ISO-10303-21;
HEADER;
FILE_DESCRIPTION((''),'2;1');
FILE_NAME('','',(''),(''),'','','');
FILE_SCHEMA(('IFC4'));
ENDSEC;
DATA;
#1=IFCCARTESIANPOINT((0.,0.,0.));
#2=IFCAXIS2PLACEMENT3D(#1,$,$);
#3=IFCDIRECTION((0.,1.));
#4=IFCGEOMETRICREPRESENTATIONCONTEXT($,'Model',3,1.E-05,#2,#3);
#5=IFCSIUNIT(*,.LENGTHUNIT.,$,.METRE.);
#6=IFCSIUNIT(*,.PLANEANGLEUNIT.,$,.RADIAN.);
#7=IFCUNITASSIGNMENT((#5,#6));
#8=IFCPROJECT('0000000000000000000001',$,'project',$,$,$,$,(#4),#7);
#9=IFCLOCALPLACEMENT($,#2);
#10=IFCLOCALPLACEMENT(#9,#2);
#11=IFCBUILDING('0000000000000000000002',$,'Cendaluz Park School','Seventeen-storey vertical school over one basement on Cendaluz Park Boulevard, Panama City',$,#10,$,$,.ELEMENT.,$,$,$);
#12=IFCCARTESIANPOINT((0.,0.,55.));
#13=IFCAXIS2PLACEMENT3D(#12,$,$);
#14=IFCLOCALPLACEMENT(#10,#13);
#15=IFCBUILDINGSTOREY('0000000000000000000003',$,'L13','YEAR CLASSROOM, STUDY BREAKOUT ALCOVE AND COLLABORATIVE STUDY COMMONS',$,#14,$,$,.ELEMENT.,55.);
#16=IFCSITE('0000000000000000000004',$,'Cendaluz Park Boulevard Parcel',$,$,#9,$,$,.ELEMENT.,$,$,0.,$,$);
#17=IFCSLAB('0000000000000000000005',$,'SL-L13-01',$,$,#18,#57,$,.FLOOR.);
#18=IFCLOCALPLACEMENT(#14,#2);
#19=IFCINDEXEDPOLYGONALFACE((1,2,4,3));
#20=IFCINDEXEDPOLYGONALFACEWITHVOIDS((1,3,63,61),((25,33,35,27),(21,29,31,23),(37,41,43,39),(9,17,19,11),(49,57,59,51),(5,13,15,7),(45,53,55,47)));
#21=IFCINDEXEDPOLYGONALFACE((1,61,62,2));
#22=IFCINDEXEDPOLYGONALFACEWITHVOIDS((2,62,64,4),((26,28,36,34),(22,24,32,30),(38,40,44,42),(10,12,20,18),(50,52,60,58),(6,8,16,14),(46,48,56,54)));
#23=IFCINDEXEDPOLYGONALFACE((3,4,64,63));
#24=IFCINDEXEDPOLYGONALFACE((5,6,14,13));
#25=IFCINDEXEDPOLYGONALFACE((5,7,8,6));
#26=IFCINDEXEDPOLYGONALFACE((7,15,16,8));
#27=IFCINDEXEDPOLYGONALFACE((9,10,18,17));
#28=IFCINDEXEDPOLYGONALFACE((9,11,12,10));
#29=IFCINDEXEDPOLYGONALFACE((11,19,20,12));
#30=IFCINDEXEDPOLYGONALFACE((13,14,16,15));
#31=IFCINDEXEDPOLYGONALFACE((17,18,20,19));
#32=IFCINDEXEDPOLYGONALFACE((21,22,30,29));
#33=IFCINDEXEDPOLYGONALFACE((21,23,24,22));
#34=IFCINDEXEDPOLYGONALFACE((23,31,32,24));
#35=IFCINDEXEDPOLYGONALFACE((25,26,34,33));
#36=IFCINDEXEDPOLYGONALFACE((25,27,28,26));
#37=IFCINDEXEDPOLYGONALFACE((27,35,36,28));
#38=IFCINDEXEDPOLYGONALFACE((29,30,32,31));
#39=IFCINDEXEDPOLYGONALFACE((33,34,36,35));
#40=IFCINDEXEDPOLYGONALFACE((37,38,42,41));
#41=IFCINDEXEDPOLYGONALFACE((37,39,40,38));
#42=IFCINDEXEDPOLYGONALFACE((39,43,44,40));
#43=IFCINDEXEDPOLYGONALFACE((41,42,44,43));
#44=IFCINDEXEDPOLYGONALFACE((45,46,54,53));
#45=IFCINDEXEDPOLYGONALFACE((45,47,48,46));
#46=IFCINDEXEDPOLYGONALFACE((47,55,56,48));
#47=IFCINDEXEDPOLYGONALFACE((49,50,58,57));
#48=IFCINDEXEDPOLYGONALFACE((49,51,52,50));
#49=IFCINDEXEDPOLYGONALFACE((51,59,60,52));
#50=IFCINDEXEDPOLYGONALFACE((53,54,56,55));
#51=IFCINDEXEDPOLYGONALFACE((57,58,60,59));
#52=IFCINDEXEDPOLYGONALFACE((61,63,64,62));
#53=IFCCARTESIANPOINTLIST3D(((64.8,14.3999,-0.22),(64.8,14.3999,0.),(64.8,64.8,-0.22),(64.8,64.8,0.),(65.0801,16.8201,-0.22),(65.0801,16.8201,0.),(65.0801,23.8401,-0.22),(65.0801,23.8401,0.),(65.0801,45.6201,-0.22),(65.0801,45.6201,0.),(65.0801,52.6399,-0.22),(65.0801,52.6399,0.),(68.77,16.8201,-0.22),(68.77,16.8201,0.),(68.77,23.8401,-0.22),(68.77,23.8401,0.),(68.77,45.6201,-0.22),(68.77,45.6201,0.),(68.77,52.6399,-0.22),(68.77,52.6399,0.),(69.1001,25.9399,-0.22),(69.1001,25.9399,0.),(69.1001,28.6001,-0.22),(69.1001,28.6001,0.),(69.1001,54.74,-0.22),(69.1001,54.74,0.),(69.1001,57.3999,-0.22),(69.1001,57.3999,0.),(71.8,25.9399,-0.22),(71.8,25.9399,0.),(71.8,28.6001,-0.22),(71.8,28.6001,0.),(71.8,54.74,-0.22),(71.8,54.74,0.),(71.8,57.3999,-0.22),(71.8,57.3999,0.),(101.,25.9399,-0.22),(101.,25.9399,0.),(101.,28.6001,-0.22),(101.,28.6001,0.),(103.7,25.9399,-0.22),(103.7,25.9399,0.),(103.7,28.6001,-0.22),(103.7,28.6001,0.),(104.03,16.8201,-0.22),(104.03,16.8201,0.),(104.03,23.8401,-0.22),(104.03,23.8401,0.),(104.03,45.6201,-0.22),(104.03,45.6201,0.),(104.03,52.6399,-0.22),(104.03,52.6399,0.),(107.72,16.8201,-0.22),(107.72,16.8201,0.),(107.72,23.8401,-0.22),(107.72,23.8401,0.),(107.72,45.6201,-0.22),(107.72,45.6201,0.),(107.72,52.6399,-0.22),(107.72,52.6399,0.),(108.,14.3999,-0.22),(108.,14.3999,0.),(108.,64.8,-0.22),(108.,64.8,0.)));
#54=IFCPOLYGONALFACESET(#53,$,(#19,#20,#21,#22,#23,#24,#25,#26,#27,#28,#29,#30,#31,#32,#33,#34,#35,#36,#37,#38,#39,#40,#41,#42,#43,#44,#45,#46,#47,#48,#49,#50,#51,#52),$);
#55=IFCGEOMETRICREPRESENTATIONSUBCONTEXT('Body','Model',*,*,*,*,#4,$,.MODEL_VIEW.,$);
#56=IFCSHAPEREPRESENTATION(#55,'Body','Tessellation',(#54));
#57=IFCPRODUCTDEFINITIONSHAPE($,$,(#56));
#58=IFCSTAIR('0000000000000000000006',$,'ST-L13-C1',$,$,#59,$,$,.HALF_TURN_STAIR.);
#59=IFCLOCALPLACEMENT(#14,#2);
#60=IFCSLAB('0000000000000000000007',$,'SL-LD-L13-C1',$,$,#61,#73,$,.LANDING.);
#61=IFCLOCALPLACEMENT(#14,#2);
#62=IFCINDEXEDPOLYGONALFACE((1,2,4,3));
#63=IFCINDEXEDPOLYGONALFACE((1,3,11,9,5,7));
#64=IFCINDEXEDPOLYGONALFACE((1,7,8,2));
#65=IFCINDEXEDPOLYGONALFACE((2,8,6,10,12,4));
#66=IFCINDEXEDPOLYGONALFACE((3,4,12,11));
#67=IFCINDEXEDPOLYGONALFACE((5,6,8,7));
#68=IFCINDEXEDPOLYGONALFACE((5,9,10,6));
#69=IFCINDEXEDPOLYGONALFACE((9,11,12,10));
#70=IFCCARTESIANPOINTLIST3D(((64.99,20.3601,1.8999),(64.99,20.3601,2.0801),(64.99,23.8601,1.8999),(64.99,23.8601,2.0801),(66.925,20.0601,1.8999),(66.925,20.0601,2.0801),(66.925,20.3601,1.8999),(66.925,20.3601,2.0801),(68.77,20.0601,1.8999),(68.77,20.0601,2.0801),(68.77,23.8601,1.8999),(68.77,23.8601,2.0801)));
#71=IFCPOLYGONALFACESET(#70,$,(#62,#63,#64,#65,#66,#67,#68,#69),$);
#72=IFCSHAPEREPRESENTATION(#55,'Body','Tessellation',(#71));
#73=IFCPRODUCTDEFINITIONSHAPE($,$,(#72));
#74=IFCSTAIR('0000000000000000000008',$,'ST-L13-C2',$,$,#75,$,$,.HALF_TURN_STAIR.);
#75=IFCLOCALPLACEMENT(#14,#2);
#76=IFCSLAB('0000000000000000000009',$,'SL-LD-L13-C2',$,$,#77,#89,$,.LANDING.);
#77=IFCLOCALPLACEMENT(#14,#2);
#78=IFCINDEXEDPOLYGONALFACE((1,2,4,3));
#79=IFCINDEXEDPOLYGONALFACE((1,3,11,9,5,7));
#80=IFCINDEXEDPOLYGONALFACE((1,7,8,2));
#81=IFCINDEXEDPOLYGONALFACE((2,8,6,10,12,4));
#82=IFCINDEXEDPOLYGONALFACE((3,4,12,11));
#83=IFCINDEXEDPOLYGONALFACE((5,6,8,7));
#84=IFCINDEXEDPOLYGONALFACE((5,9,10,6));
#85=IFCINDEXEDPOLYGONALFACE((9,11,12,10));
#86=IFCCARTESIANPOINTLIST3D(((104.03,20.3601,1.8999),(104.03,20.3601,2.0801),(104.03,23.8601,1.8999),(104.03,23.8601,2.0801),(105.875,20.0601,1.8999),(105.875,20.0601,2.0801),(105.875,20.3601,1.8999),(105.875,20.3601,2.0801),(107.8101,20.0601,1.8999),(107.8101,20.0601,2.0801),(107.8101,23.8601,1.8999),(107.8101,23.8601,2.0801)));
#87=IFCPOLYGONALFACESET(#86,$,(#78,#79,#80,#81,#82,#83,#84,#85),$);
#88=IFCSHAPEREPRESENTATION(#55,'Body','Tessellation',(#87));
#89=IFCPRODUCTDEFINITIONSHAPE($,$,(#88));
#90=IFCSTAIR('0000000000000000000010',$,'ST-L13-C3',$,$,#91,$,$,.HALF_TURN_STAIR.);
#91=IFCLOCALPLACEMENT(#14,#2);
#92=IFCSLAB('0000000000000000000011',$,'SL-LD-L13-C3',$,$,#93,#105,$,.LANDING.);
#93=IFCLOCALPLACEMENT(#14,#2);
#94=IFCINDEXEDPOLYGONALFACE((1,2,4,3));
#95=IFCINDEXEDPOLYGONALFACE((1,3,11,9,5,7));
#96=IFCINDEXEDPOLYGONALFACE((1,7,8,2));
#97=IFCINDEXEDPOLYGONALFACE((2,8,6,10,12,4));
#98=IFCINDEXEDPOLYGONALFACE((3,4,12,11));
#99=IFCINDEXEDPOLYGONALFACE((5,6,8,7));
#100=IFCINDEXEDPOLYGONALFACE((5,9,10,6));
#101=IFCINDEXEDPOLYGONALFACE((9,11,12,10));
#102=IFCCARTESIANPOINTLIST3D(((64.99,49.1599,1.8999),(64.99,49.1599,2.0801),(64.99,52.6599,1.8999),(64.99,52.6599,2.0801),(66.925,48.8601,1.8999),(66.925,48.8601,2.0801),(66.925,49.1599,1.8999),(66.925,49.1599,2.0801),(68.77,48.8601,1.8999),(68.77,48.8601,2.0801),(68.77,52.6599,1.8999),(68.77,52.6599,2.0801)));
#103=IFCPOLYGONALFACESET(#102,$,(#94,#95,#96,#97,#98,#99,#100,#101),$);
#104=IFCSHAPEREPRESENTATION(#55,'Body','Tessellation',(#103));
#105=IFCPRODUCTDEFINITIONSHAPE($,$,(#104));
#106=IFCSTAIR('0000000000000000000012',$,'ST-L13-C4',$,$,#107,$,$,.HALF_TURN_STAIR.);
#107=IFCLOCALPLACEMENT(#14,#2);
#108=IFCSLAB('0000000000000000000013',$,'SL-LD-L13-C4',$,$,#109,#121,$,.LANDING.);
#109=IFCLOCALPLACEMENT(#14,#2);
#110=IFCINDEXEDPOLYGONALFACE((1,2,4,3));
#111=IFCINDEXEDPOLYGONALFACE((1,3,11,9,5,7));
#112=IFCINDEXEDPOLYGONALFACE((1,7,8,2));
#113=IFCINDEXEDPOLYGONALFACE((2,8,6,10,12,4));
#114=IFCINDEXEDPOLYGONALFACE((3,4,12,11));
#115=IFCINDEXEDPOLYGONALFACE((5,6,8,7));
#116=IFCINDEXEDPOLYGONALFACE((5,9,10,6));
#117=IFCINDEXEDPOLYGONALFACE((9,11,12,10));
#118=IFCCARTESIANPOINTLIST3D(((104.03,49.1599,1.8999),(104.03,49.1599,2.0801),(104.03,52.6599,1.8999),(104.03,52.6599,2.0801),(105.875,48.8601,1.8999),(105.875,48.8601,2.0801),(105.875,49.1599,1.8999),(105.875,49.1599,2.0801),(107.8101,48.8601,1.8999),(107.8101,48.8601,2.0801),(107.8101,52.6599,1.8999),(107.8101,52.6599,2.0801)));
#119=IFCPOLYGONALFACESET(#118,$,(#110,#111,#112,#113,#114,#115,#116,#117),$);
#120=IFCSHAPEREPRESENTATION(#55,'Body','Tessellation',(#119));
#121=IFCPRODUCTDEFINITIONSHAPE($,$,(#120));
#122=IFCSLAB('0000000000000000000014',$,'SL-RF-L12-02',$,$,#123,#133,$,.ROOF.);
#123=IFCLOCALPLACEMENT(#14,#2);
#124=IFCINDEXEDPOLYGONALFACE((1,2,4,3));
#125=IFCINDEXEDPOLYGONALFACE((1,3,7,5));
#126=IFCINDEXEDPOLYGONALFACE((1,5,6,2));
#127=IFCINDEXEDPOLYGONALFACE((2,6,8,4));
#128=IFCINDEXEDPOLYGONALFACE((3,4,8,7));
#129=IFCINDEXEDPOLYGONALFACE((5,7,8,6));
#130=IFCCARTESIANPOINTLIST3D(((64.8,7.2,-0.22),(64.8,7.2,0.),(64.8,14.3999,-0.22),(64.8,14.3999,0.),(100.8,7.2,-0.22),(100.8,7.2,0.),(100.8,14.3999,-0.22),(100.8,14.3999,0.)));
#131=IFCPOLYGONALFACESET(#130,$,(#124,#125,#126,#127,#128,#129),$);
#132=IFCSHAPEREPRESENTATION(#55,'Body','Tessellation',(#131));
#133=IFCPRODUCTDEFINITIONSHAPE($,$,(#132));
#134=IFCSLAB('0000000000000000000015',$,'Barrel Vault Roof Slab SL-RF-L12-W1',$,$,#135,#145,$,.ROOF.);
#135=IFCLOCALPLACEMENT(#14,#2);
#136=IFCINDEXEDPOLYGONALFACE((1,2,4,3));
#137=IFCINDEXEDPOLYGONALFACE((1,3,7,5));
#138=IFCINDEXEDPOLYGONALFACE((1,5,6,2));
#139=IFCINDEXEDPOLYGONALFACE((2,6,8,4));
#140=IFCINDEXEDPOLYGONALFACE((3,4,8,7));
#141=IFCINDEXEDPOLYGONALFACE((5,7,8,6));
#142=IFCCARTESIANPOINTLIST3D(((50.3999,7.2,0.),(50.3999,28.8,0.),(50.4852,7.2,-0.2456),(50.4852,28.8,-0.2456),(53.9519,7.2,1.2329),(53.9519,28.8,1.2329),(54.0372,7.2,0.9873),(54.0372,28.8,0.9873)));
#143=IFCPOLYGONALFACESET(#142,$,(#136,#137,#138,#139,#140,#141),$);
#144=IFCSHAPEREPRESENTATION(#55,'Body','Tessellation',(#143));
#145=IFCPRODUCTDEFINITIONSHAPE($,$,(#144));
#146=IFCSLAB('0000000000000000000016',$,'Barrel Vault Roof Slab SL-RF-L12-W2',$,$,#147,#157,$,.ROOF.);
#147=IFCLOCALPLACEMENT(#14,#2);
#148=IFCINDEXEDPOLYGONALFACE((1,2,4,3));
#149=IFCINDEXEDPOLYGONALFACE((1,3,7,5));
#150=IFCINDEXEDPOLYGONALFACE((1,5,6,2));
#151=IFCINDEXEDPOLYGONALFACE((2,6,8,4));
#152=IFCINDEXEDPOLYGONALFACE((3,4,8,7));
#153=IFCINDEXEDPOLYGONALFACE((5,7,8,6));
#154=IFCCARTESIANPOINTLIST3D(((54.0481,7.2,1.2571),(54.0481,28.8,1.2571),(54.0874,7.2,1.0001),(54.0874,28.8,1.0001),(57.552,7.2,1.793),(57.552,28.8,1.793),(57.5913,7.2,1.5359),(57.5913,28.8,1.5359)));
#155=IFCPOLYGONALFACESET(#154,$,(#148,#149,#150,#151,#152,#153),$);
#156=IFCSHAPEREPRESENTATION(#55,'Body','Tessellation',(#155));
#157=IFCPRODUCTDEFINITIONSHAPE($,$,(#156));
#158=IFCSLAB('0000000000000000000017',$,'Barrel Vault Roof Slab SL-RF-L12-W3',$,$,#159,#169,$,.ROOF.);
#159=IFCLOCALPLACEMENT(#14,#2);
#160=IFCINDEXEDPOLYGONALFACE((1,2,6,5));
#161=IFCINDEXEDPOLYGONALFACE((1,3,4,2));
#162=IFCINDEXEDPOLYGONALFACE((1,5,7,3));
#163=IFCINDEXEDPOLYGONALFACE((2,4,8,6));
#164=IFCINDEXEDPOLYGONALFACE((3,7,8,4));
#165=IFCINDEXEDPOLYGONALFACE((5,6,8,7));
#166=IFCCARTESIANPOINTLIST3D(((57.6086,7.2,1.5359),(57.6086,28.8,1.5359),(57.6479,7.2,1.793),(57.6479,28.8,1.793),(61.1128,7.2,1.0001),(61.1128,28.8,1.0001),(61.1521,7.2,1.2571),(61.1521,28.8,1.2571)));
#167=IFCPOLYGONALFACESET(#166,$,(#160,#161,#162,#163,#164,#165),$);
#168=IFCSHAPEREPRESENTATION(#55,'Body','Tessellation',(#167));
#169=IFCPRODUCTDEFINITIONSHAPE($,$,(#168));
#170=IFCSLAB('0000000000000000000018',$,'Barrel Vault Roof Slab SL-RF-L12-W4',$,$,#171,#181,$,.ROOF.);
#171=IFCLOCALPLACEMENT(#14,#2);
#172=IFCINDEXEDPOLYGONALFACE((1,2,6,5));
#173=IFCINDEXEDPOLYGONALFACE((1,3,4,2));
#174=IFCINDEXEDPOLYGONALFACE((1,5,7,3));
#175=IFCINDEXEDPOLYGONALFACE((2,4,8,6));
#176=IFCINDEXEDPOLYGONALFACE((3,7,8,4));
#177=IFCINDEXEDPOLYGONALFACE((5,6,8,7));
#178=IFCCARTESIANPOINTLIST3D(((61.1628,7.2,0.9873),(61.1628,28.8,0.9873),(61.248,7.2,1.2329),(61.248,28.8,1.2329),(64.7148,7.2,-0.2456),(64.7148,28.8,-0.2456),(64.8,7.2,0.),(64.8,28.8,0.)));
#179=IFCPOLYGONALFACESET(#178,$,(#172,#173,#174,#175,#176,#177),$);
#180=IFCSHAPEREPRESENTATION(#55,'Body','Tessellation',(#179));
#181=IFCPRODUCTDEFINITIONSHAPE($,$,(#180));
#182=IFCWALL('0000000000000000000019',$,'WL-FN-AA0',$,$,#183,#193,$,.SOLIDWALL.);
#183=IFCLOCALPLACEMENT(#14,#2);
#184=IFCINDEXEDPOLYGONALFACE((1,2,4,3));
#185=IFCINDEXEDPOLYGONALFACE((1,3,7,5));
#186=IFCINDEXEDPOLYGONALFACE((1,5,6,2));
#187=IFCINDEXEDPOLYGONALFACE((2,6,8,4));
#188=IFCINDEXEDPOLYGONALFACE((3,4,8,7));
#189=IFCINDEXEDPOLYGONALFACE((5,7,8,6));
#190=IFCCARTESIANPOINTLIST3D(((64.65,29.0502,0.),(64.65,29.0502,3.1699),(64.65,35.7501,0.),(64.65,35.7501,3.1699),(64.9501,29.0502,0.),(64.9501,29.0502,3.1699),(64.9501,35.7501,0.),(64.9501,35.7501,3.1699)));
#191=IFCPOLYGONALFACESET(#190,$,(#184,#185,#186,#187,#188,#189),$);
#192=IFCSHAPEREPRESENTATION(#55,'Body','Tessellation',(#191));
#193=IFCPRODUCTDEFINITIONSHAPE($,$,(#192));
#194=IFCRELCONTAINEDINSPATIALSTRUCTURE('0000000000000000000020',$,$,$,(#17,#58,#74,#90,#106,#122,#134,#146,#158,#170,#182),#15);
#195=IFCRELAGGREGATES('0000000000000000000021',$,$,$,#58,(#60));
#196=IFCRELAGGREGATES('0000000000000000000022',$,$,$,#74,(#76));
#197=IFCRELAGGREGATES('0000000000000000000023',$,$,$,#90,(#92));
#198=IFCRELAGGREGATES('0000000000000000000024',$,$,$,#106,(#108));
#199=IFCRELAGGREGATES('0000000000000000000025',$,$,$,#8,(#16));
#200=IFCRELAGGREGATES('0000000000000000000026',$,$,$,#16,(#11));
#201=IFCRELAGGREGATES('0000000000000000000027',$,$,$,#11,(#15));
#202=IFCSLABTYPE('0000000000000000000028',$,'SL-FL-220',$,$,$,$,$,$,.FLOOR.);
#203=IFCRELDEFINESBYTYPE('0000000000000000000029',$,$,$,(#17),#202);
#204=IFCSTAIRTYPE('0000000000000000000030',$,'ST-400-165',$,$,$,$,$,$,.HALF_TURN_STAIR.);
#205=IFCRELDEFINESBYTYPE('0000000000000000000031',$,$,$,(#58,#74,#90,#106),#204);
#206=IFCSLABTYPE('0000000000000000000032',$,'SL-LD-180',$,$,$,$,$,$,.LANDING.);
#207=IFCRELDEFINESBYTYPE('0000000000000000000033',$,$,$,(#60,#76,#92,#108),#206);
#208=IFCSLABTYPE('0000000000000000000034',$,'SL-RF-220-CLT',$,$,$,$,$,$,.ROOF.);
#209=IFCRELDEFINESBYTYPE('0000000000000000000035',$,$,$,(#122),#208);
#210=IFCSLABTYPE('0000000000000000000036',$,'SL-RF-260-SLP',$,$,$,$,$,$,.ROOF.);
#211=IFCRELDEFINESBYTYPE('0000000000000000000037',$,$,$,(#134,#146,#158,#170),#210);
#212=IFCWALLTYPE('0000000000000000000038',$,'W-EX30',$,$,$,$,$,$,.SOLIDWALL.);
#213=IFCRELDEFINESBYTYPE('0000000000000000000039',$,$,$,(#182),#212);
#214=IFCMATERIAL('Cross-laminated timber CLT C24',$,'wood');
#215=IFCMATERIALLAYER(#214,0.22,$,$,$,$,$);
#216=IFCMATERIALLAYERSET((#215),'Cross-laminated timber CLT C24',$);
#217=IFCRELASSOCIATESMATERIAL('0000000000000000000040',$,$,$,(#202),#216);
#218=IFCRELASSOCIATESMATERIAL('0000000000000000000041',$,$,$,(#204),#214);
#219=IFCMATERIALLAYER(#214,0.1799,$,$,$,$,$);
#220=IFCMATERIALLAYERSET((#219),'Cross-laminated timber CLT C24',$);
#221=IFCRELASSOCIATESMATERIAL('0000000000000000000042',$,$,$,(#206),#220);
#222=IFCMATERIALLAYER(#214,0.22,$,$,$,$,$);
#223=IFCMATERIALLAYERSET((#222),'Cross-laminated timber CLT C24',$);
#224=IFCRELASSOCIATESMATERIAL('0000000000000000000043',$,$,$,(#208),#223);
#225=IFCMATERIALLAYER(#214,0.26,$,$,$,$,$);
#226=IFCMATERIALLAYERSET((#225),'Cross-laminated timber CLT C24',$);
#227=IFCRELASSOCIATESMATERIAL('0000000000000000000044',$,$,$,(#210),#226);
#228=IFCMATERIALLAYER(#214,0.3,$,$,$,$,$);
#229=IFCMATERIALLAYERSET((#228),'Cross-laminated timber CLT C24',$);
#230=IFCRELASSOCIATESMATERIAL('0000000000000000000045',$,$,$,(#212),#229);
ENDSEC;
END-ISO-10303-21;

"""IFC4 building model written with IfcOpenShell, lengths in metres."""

from ifc_helpers import new_model, si_unit, direction, frame, frame_2d, origin, place, context, subcontext, project, spatial, polyline, rectangle, outline, extrude, material, layer, layer_set, type_object, element, aggregate, save


model = new_model("IFC4")

# Units and contexts
model_context = context("Model", 3, precision=1e-05, world=origin(), true_north=direction((0.0, 1.0)))
body_context = subcontext(model_context, "Body", "Model", "MODEL_VIEW")
ifc_project = project(units=[si_unit("LENGTHUNIT", "METRE"), si_unit("PLANEANGLEUNIT", "RADIAN")], contexts=[model_context])

# Site, building, storey
site_placement = place(None, origin())
site = spatial("IfcSite", under=ifc_project, at=site_placement, Name="Cendaluz Park Boulevard Parcel", CompositionType="ELEMENT", RefElevation=0.0)
building_placement = place(site_placement, origin())
building = spatial("IfcBuilding", under=site, at=building_placement, Name="Cendaluz Park School", Description="Seventeen-storey vertical school over one basement on Cendaluz Park Boulevard, Panama City", CompositionType="ELEMENT")
storey_placement = place(building_placement, frame((0.0, 0.0, 55.0)))
storey = spatial("IfcBuildingStorey", under=building, at=storey_placement, Name="L13", Description="YEAR CLASSROOM, STUDY BREAKOUT ALCOVE AND COLLABORATIVE STUDY COMMONS", CompositionType="ELEMENT", Elevation=55.0)

# Slab
ifc_material_1 = material(Name="Cross-laminated timber CLT C24", Category="wood")
ifc_layer_1 = layer(ifc_material_1, 0.22)
ifc_layer_set_1 = layer_set([ifc_layer_1], Name="Cross-laminated timber CLT C24")
slab_type_1 = type_object("IfcSlabType", Name="SL-FL-220", PredefinedType="FLOOR", material=ifc_layer_set_1)
slab_1_placement = place(storey_placement, frame((0.0, 0.0, -0.22)))
element("IfcSlab", 1, at=slab_1_placement, inside=storey, type_object=slab_type_1, Name="SL-L13-01", PredefinedType="FLOOR", context=body_context, shape_type="SweptSolid", body=[
    extrude(outline(polyline([(108.0, 64.8), (108.0, 14.3999), (64.8, 14.3999), (64.8, 64.8), (108.0, 64.8)]), holes=[polyline([(65.0801, 16.8201), (68.77, 16.8201), (68.77, 23.8401), (65.0801, 23.8401), (65.0801, 16.8201)]), polyline([(69.1001, 28.6001), (69.1001, 25.9399), (71.8, 25.9399), (71.8, 28.6001), (69.1001, 28.6001)]), polyline([(107.72, 23.8401), (104.03, 23.8401), (104.03, 16.8201), (107.72, 16.8201), (107.72, 23.8401)]), polyline([(103.7, 25.9399), (103.7, 28.6001), (101.0, 28.6001), (101.0, 25.9399), (103.7, 25.9399)]), polyline([(65.0801, 45.6201), (68.77, 45.6201), (68.77, 52.6399), (65.0801, 52.6399), (65.0801, 45.6201)]), polyline([(69.1001, 57.3999), (69.1001, 54.74), (71.8, 54.74), (71.8, 57.3999), (69.1001, 57.3999)]), polyline([(107.72, 52.6399), (104.03, 52.6399), (104.03, 45.6201), (107.72, 45.6201), (107.72, 52.6399)])]), origin(), (0.0, 0.0, 1.0), 0.22),
])

# Stairs, slabs
stair_type = type_object("IfcStairType", Name="ST-400-165", PredefinedType="HALF_TURN_STAIR", material=ifc_material_1)
stair_1_placement = place(storey_placement, origin())
stair_1 = element("IfcStair", 2, at=stair_1_placement, inside=storey, type_object=stair_type, Name="ST-L13-C1", PredefinedType="HALF_TURN_STAIR")
ifc_layer_2 = layer(ifc_material_1, 0.1799)
ifc_layer_set_2 = layer_set([ifc_layer_2], Name="Cross-laminated timber CLT C24")
slab_type_2 = type_object("IfcSlabType", Name="SL-LD-180", PredefinedType="LANDING", material=ifc_layer_set_2)
slab_2_placement = place(storey_placement, frame((0.0, 0.0, 1.8999)))
slab_2 = element("IfcSlab", 3, at=slab_2_placement, type_object=slab_type_2, Name="SL-LD-L13-C1", PredefinedType="LANDING", context=body_context, shape_type="SweptSolid", body=[
    extrude(outline(polyline([(64.99, 20.3601), (66.925, 20.3601), (66.925, 20.0601), (68.77, 20.0601), (68.77, 23.8601), (64.99, 23.8601), (64.99, 20.3601)])), origin(), (0.0, 0.0, 1.0), 0.1802),
])
aggregate(stair_1, [slab_2])
stair_2_placement = place(storey_placement, origin())
stair_2 = element("IfcStair", 4, at=stair_2_placement, inside=storey, type_object=stair_type, Name="ST-L13-C2", PredefinedType="HALF_TURN_STAIR")
slab_3_placement = place(storey_placement, frame((0.0, 0.0, 1.8999)))
slab_3 = element("IfcSlab", 5, at=slab_3_placement, type_object=slab_type_2, Name="SL-LD-L13-C2", PredefinedType="LANDING", context=body_context, shape_type="SweptSolid", body=[
    extrude(outline(polyline([(104.03, 20.3601), (105.875, 20.3601), (105.875, 20.0601), (107.8101, 20.0601), (107.8101, 23.8601), (104.03, 23.8601), (104.03, 20.3601)])), origin(), (0.0, 0.0, 1.0), 0.1802),
])
aggregate(stair_2, [slab_3])
stair_3_placement = place(storey_placement, origin())
stair_3 = element("IfcStair", 6, at=stair_3_placement, inside=storey, type_object=stair_type, Name="ST-L13-C3", PredefinedType="HALF_TURN_STAIR")
slab_4_placement = place(storey_placement, frame((0.0, 0.0, 1.8999)))
slab_4 = element("IfcSlab", 7, at=slab_4_placement, type_object=slab_type_2, Name="SL-LD-L13-C3", PredefinedType="LANDING", context=body_context, shape_type="SweptSolid", body=[
    extrude(outline(polyline([(64.99, 49.1599), (66.925, 49.1599), (66.925, 48.8601), (68.77, 48.8601), (68.77, 52.6599), (64.99, 52.6599), (64.99, 49.1599)])), origin(), (0.0, 0.0, 1.0), 0.1802),
])
aggregate(stair_3, [slab_4])
stair_4_placement = place(storey_placement, origin())
stair_4 = element("IfcStair", 8, at=stair_4_placement, inside=storey, type_object=stair_type, Name="ST-L13-C4", PredefinedType="HALF_TURN_STAIR")
slab_5_placement = place(storey_placement, frame((0.0, 0.0, 1.8999)))
slab_5 = element("IfcSlab", 9, at=slab_5_placement, type_object=slab_type_2, Name="SL-LD-L13-C4", PredefinedType="LANDING", context=body_context, shape_type="SweptSolid", body=[
    extrude(outline(polyline([(104.03, 49.1599), (105.875, 49.1599), (105.875, 48.8601), (107.8101, 48.8601), (107.8101, 52.6599), (104.03, 52.6599), (104.03, 49.1599)])), origin(), (0.0, 0.0, 1.0), 0.1802),
])
aggregate(stair_4, [slab_5])

# Slabs
ifc_layer_3 = layer(ifc_material_1, 0.22)
ifc_layer_set_3 = layer_set([ifc_layer_3], Name="Cross-laminated timber CLT C24")
slab_type_3 = type_object("IfcSlabType", Name="SL-RF-220-CLT", PredefinedType="ROOF", material=ifc_layer_set_3)
slab_6_placement = place(storey_placement, frame((0.0, 0.0, -0.22)))
element("IfcSlab", 10, at=slab_6_placement, inside=storey, type_object=slab_type_3, Name="SL-RF-L12-02", PredefinedType="ROOF", context=body_context, shape_type="SweptSolid", body=[
    extrude(outline(polyline([(64.8, 14.3999), (100.8, 14.3999), (100.8, 7.2), (64.8, 7.2), (64.8, 14.3999)])), origin(), (0.0, 0.0, 1.0), 0.22),
])
ifc_layer_4 = layer(ifc_material_1, 0.26)
ifc_layer_set_4 = layer_set([ifc_layer_4], Name="Cross-laminated timber CLT C24")
slab_type_4 = type_object("IfcSlabType", Name="SL-RF-260-SLP", PredefinedType="ROOF", material=ifc_layer_set_4)
slab_7_placement = place(storey_placement, frame((50.3999, 7.2, 0.0), z_axis=(-0.327911, 0.0, 0.944709), x_axis=(0.944709, 0.0, 0.327911)))
element("IfcSlab", 11, at=slab_7_placement, inside=storey, type_object=slab_type_4, Name="Barrel Vault Roof Slab SL-RF-L12-W1", PredefinedType="ROOF", context=body_context, shape_type="SweptSolid", body=[
    extrude(outline(polyline([(0.0, 0.0), (3.7599, 0.0), (3.7599, 21.6001), (0.0, 21.6001), (0.0, 0.0)])), origin(), (0.0, 0.0, -1.0), 0.26),
])
slab_8_placement = place(storey_placement, frame((54.0481, 7.2, 1.2571), z_axis=(-0.151182, 0.0, 0.988506), x_axis=(0.988506, 0.0, 0.151182)))
element("IfcSlab", 12, at=slab_8_placement, inside=storey, type_object=slab_type_4, Name="Barrel Vault Roof Slab SL-RF-L12-W2", PredefinedType="ROOF", context=body_context, shape_type="SweptSolid", body=[
    extrude(outline(polyline([(0.0, 0.0), (3.5446, 0.0), (3.5446, 21.6001), (0.0, 21.6001), (0.0, 0.0)])), origin(), (0.0, 0.0, -1.0), 0.26),
])
slab_9_placement = place(storey_placement, frame((57.6479, 7.2, 1.793), z_axis=(0.151172, 0.0, 0.988507), x_axis=(0.988507, 0.0, -0.151172)))
element("IfcSlab", 13, at=slab_9_placement, inside=storey, type_object=slab_type_4, Name="Barrel Vault Roof Slab SL-RF-L12-W3", PredefinedType="ROOF", context=body_context, shape_type="SweptSolid", body=[
    extrude(outline(polyline([(0.0, 0.0), (3.5449, 0.0), (3.5449, 21.6001), (0.0, 21.6001), (0.0, 0.0)])), origin(), (0.0, 0.0, -1.0), 0.26),
])
slab_10_placement = place(storey_placement, frame((61.248, 7.2, 1.2329), z_axis=(0.327911, 0.0, 0.944709), x_axis=(0.944709, 0.0, -0.327911)))
element("IfcSlab", 14, at=slab_10_placement, inside=storey, type_object=slab_type_4, Name="Barrel Vault Roof Slab SL-RF-L12-W4", PredefinedType="ROOF", context=body_context, shape_type="SweptSolid", body=[
    extrude(outline(polyline([(0.0, 0.0), (3.7599, 0.0), (3.7599, 21.6001), (0.0, 21.6001), (0.0, 0.0)])), origin(), (0.0, 0.0, -1.0), 0.26),
])

# Wall
ifc_layer_5 = layer(ifc_material_1, 0.3)
ifc_layer_set_5 = layer_set([ifc_layer_5], Name="Cross-laminated timber CLT C24")
wall_type_1 = type_object("IfcWallType", Name="W-EX30", PredefinedType="SOLIDWALL", material=ifc_layer_set_5)
for number, where, z_axis, x_axis, name in (
    (15, (64.8, 29.05, 0.0), (0.0, 0.0, 1.0), (0.0, 1.0, 0.0), "WL-FN-AA0"),
):
    element("IfcWall", number, at=place(storey_placement, frame(where, z_axis=z_axis, x_axis=x_axis)), inside=storey, type_object=wall_type_1, Name=name, PredefinedType="SOLIDWALL", context=body_context, shape_type="SweptSolid", body=[
        extrude(rectangle(XDim=6.7, YDim=0.3, at=frame_2d((3.3501, 0.0))), origin(), (0.0, 0.0, 1.0), 3.1699),
    ])

save(model, "model.ifc")
